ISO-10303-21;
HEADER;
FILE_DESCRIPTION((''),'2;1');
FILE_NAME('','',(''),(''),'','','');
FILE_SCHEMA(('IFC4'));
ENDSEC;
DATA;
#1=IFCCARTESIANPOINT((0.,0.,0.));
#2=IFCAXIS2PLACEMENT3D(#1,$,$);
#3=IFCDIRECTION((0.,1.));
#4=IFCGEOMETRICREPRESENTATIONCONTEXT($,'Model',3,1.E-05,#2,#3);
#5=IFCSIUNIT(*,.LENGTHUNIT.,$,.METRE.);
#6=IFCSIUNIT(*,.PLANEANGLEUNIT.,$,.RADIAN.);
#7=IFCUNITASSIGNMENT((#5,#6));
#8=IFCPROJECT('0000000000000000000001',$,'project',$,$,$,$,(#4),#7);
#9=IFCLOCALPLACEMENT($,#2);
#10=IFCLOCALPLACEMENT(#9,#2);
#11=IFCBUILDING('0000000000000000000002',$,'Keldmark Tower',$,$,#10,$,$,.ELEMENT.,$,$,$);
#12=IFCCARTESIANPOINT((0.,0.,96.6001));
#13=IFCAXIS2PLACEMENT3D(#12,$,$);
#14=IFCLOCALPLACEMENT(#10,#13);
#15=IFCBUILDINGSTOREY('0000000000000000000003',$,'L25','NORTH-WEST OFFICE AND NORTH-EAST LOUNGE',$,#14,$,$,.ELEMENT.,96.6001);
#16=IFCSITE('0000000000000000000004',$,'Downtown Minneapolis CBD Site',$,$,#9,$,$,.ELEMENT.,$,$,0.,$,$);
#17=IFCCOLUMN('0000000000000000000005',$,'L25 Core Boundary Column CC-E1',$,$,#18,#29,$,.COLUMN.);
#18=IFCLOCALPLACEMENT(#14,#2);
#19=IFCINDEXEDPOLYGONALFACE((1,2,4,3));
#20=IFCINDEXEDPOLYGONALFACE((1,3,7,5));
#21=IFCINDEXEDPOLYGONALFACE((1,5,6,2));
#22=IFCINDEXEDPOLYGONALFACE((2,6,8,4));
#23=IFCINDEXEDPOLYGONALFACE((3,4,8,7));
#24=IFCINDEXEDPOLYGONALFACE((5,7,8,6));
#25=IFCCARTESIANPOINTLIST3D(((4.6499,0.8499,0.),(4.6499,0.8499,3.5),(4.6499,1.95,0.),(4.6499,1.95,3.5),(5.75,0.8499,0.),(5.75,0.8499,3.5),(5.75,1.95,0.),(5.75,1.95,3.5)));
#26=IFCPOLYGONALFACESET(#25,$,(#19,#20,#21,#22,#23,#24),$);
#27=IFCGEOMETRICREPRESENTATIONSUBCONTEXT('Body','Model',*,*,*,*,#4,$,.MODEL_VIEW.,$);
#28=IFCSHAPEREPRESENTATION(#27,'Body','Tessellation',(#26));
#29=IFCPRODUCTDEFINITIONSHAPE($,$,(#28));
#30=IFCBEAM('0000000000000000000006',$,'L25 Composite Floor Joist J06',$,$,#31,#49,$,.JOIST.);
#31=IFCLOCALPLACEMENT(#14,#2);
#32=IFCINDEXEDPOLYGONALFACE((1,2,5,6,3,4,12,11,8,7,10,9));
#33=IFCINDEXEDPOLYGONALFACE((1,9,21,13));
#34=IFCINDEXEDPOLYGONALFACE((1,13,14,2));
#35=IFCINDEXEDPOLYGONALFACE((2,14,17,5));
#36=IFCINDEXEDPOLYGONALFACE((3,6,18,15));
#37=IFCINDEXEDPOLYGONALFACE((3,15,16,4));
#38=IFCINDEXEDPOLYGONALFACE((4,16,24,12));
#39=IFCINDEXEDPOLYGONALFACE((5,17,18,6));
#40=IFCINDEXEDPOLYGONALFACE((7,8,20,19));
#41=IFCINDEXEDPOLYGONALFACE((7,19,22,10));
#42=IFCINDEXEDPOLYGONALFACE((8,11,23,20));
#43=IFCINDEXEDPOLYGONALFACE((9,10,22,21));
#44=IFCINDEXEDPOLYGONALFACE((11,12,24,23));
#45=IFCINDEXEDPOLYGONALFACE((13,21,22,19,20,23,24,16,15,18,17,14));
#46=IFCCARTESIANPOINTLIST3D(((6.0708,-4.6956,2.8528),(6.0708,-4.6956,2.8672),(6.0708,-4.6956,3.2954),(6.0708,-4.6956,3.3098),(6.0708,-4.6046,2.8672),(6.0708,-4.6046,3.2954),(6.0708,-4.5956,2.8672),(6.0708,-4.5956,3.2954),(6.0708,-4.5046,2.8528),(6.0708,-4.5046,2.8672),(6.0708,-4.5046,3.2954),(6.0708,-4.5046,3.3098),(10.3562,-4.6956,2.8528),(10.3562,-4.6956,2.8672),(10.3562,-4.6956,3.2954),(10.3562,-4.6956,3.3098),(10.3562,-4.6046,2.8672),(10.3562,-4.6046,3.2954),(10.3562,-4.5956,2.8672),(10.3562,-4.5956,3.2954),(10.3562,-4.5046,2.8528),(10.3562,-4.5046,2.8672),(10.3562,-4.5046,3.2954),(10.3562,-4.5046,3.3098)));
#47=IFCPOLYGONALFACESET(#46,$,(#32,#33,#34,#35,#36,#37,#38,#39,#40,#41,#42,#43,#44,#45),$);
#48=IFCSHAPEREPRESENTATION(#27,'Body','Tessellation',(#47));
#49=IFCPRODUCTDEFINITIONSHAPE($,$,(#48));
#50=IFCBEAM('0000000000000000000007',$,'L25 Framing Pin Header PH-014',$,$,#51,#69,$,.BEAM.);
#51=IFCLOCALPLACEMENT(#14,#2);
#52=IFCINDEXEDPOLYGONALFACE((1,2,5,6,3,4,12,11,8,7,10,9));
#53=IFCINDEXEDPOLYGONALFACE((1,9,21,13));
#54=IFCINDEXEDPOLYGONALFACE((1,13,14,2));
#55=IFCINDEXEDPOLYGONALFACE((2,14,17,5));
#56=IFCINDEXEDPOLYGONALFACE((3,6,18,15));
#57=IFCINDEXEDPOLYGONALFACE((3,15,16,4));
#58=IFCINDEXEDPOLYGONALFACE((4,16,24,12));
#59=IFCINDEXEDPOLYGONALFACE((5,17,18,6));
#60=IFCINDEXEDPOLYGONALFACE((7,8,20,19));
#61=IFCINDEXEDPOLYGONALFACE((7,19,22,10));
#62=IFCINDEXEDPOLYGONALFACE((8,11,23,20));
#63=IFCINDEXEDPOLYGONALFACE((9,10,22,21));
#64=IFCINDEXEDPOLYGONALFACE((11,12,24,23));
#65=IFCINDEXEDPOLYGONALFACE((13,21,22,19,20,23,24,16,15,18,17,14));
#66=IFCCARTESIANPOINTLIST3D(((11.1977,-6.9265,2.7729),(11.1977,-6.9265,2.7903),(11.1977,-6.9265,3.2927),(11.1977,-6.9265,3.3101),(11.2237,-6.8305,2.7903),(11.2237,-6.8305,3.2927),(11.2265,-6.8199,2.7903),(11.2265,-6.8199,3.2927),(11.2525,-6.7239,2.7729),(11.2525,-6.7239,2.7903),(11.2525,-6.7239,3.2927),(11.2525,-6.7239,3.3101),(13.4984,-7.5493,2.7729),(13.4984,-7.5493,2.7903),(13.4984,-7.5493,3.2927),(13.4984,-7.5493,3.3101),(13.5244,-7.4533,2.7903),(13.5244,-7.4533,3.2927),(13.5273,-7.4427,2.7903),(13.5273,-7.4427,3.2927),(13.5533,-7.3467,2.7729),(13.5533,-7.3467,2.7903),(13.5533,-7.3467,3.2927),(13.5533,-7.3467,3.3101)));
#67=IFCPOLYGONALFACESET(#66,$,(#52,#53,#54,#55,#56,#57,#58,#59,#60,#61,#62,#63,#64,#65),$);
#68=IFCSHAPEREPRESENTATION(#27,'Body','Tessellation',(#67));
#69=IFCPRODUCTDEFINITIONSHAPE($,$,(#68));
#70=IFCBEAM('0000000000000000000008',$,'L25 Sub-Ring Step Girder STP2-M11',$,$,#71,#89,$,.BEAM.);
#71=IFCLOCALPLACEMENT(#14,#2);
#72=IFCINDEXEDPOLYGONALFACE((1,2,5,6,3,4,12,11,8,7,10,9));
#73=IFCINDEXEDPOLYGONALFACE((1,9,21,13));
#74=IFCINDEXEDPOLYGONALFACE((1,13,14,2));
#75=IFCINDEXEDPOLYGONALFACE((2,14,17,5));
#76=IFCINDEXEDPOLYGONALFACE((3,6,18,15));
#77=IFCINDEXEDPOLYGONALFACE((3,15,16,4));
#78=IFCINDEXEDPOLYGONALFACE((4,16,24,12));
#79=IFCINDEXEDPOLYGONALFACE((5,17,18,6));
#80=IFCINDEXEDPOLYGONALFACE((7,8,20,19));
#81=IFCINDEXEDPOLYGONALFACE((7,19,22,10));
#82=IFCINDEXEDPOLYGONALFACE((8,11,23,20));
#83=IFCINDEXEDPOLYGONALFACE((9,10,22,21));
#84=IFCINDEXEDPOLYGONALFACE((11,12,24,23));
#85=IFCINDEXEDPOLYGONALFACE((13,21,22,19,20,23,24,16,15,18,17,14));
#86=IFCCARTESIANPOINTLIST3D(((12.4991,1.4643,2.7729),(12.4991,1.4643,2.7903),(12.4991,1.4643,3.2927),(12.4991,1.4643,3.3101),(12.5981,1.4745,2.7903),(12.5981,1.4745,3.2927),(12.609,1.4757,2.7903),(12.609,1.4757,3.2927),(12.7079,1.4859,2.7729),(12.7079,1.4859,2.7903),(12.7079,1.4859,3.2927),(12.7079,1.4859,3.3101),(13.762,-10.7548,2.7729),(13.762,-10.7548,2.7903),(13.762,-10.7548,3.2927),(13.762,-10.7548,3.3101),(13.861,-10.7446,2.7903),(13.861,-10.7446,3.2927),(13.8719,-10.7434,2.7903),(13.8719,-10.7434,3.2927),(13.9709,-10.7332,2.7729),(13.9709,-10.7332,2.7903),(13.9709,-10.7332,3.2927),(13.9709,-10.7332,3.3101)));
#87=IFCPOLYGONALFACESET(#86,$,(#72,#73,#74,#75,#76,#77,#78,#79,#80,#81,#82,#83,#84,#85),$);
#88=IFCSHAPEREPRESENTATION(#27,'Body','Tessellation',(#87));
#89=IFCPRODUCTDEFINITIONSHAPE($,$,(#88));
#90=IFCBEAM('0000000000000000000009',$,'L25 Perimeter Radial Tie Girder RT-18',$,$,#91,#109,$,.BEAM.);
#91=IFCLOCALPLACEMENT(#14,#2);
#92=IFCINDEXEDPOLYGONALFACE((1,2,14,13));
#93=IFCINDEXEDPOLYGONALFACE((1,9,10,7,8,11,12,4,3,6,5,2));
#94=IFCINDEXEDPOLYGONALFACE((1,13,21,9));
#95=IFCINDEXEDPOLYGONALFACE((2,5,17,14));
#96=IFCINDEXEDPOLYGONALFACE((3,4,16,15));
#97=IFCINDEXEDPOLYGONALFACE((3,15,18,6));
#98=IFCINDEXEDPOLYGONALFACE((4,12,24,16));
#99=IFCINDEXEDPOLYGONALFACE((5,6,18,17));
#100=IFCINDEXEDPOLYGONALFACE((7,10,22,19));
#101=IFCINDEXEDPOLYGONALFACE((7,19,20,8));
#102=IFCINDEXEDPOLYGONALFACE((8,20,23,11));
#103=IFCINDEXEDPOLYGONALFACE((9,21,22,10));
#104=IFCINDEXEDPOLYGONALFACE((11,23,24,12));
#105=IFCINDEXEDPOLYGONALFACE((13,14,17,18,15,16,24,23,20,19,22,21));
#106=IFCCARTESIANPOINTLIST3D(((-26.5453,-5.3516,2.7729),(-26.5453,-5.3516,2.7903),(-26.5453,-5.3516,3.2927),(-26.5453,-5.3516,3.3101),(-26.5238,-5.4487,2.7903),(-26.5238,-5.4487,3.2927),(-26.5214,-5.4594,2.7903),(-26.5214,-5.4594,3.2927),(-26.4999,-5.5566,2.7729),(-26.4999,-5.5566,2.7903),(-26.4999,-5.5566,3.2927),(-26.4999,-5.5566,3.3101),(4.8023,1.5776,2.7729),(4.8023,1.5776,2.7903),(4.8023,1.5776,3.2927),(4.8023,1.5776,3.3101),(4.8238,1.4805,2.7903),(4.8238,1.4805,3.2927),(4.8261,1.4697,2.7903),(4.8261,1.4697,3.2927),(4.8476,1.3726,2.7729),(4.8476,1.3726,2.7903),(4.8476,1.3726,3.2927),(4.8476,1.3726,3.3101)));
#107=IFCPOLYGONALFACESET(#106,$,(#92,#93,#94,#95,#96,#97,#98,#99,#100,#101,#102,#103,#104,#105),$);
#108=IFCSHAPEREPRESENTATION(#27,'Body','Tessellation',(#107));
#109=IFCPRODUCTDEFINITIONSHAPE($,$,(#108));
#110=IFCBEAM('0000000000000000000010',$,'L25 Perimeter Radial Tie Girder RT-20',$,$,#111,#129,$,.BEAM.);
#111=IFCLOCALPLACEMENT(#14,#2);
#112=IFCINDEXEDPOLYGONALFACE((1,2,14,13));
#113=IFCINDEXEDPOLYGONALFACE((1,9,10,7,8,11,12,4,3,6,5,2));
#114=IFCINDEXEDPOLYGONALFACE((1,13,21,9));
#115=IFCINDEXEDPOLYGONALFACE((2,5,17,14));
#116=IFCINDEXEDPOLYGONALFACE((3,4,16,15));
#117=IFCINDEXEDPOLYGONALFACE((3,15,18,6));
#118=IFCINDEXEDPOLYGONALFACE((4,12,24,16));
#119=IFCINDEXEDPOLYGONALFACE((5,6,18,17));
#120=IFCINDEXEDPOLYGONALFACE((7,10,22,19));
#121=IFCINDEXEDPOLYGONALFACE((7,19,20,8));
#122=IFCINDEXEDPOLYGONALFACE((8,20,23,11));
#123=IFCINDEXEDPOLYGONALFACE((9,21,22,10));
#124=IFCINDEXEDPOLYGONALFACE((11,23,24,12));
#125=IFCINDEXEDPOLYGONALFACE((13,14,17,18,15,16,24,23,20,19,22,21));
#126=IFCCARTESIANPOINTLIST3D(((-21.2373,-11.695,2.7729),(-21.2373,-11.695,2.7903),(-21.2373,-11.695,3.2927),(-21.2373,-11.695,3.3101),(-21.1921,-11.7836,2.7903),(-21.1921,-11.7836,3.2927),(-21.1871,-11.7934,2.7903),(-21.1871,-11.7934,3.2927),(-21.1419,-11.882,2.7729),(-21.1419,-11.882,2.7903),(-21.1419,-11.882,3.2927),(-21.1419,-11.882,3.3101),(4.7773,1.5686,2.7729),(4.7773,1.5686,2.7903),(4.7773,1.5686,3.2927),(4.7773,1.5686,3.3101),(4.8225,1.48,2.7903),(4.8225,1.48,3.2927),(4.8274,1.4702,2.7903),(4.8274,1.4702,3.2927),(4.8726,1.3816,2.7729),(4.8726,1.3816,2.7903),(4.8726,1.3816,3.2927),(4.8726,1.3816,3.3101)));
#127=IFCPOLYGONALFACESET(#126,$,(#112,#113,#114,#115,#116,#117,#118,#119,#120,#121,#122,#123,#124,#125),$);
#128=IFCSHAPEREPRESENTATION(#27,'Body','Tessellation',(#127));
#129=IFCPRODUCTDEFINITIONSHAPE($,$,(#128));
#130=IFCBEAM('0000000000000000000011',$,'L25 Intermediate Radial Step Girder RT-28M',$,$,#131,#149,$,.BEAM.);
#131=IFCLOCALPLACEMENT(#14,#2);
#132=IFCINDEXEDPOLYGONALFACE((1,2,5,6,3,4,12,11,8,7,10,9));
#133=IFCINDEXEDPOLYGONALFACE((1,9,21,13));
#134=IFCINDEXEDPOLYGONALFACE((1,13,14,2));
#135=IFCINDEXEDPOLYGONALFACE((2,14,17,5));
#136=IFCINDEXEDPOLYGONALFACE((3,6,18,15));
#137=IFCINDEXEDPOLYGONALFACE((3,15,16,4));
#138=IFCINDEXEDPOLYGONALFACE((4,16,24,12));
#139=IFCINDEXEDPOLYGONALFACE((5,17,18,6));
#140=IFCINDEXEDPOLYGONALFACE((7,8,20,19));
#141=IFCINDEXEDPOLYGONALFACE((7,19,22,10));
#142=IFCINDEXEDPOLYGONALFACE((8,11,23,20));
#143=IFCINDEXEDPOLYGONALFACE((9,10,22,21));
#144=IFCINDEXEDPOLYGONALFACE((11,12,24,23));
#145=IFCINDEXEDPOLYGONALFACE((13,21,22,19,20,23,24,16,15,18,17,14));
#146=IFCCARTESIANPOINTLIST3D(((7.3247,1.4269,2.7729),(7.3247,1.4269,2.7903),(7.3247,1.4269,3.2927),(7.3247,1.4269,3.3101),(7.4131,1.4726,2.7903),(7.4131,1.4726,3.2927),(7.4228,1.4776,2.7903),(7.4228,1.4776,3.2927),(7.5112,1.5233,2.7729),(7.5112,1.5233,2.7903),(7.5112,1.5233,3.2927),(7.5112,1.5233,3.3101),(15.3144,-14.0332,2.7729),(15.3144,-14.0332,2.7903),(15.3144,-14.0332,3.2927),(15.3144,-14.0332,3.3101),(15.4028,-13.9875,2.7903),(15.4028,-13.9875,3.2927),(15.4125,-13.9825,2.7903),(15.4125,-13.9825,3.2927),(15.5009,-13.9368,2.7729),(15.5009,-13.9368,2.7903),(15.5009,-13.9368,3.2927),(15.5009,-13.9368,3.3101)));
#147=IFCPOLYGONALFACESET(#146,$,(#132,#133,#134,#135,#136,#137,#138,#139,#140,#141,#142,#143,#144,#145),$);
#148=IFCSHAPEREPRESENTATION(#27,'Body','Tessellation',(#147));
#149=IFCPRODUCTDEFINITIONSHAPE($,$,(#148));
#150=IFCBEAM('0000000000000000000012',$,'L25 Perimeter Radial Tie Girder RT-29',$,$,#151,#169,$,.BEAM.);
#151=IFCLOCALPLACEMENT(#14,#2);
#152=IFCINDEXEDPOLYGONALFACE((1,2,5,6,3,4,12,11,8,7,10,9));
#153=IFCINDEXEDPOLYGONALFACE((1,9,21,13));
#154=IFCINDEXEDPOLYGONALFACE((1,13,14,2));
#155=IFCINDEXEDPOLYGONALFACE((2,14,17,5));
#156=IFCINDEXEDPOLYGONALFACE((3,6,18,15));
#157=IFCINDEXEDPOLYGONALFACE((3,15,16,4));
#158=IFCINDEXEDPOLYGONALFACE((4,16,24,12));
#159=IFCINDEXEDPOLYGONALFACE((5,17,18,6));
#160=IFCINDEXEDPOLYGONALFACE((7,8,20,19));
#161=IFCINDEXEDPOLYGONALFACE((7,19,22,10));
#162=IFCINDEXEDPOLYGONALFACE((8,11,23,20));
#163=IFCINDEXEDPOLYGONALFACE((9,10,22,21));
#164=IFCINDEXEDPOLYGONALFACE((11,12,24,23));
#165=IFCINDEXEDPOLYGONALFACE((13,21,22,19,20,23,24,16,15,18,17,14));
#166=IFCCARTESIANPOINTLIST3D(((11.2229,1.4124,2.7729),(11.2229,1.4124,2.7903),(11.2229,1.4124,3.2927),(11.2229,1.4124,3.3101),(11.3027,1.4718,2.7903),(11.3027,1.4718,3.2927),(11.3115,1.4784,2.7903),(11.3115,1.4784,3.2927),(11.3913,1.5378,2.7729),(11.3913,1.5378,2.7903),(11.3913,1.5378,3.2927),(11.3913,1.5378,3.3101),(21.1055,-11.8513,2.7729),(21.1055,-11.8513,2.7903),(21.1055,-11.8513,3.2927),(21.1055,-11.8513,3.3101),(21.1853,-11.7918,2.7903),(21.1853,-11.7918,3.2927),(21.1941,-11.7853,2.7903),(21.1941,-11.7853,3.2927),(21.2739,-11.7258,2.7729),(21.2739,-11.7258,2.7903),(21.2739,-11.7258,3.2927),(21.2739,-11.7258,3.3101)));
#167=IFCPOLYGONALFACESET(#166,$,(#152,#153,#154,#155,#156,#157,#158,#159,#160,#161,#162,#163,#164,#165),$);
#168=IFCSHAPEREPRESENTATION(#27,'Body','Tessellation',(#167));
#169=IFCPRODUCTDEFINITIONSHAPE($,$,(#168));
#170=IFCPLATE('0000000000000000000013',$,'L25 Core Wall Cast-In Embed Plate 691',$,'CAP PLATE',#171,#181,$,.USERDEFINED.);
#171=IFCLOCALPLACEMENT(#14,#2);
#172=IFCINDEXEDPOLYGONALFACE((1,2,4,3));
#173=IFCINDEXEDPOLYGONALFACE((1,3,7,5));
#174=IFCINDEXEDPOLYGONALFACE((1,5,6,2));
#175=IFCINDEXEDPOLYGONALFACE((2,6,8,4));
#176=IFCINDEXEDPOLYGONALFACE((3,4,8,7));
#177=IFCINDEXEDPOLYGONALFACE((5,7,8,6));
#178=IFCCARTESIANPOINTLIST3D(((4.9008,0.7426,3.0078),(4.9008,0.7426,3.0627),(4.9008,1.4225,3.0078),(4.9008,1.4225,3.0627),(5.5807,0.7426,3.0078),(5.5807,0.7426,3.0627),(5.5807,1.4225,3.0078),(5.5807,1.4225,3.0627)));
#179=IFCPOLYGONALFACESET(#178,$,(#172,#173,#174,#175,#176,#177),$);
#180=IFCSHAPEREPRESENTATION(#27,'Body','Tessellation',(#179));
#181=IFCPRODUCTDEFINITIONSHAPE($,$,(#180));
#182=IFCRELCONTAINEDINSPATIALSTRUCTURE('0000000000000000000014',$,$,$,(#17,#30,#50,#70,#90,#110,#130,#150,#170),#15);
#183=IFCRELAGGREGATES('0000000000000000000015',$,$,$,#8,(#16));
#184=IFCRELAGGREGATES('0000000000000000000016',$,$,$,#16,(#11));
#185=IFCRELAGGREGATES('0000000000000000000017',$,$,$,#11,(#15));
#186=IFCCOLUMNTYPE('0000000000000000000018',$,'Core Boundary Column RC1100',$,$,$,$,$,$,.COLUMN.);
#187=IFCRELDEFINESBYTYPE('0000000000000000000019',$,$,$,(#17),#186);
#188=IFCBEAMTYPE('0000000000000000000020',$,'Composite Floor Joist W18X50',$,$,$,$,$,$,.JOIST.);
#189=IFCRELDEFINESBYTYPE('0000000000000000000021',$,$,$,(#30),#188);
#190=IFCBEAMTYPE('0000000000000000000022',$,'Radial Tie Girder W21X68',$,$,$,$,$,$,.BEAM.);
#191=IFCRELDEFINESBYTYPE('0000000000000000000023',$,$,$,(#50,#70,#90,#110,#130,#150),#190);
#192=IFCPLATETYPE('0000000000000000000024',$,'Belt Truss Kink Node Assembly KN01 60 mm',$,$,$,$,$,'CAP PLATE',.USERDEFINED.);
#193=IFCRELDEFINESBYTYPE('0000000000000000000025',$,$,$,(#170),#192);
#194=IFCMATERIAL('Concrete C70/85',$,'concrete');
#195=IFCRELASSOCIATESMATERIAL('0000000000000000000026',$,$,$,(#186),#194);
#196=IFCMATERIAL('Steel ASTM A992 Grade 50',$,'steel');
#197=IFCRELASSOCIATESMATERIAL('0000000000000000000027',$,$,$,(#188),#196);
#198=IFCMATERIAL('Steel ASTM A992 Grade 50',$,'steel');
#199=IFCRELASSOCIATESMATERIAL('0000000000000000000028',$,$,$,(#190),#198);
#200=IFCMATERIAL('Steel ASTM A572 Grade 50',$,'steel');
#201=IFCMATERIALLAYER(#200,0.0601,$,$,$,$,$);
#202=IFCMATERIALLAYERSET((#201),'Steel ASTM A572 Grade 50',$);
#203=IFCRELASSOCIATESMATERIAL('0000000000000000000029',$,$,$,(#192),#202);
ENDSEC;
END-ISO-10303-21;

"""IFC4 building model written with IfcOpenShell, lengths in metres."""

from ifc_helpers import new_model, si_unit, direction, frame, origin, origin_2d, place, context, subcontext, project, spatial, rectangle, i_section, extrude, material, layer, layer_set, material_profile, profile_set, type_object, element, save


model = new_model("IFC4")

# Units and contexts
model_context = context("Model", 3, precision=1e-05, world=origin(), true_north=direction((0.0, 1.0)))
body_context = subcontext(model_context, "Body", "Model", "MODEL_VIEW")
ifc_project = project(units=[si_unit("LENGTHUNIT", "METRE"), si_unit("PLANEANGLEUNIT", "RADIAN")], contexts=[model_context])

# Site, building, storey
site_placement = place(None, origin())
site = spatial("IfcSite", under=ifc_project, at=site_placement, Name="Downtown Minneapolis CBD Site", CompositionType="ELEMENT", RefElevation=0.0)
building_placement = place(site_placement, origin())
building = spatial("IfcBuilding", under=site, at=building_placement, Name="Keldmark Tower", CompositionType="ELEMENT")
storey_placement = place(building_placement, frame((0.0, 0.0, 96.6001)))
storey = spatial("IfcBuildingStorey", under=building, at=storey_placement, Name="L25", Description="NORTH-WEST OFFICE AND NORTH-EAST LOUNGE", CompositionType="ELEMENT", Elevation=96.6001)

# Column
ifc_material_1 = material(Name="Concrete C70/85", Category="concrete")
ifc_material_profile_1 = material_profile(ifc_material_1, rectangle(XDim=1.1001, YDim=1.1001, at=origin_2d()), Name="RC1100X1100")
ifc_profile_set_1 = profile_set([ifc_material_profile_1], Name="Concrete C70/85")
column_type = type_object("IfcColumnType", Name="Core Boundary Column RC1100", PredefinedType="COLUMN", material=ifc_profile_set_1)
column_placement = place(storey_placement, frame((5.2, 1.3999, 0.0), z_axis=(0.0, 0.0, 1.0), x_axis=(1.0, 0.0, 0.0)))
element("IfcColumn", 1, at=column_placement, inside=storey, type_object=column_type, Name="L25 Core Boundary Column CC-E1", PredefinedType="COLUMN", context=body_context, shape_type="SweptSolid", body=[
    extrude(rectangle(XDim=1.1001, YDim=1.1001, at=origin_2d()), origin(), (0.0, 0.0, 1.0), 3.5),
])

# Beams
ifc_material_2 = material(Name="Steel ASTM A992 Grade 50", Category="steel")
ifc_material_profile_2 = material_profile(ifc_material_2, i_section(OverallWidth=0.1909, OverallDepth=0.457, WebThickness=0.009, FlangeThickness=0.0144, at=origin_2d()), Name="W18X50")
ifc_profile_set_2 = profile_set([ifc_material_profile_2], Name="Steel ASTM A992 Grade 50")
beam_type_1 = type_object("IfcBeamType", Name="Composite Floor Joist W18X50", PredefinedType="JOIST", material=ifc_profile_set_2)
beam_1_placement = place(storey_placement, frame((6.0708, -4.6001, 3.0813), z_axis=(1.0, 0.0, 0.0), x_axis=(0.0, 1.0, 0.0)))
element("IfcBeam", 2, at=beam_1_placement, inside=storey, type_object=beam_type_1, Name="L25 Composite Floor Joist J06", PredefinedType="JOIST", context=body_context, shape_type="SweptSolid", body=[
    extrude(i_section(OverallWidth=0.1909, OverallDepth=0.457, WebThickness=0.009, FlangeThickness=0.0144, at=origin_2d()), origin(), (0.0, 0.0, 1.0), 4.2854),
])
ifc_material_3 = material(Name="Steel ASTM A992 Grade 50", Category="steel")
ifc_material_profile_3 = material_profile(ifc_material_3, i_section(OverallWidth=0.21, OverallDepth=0.5371, WebThickness=0.011, FlangeThickness=0.0173, at=origin_2d()), Name="W21X68")
ifc_profile_set_3 = profile_set([ifc_material_profile_3], Name="Steel ASTM A992 Grade 50")
beam_type_2 = type_object("IfcBeamType", Name="Radial Tie Girder W21X68", PredefinedType="BEAM", material=ifc_profile_set_3)
beam_2_placement = place(storey_placement, frame((11.2251, -6.8252, 3.0415), z_axis=(0.965261, -0.261288, 0.0), x_axis=(0.261288, 0.965261, 0.0)))
element("IfcBeam", 3, at=beam_2_placement, inside=storey, type_object=beam_type_2, Name="L25 Framing Pin Header PH-014", PredefinedType="BEAM", context=body_context, shape_type="SweptSolid", body=[
    extrude(i_section(OverallWidth=0.21, OverallDepth=0.5371, WebThickness=0.011, FlangeThickness=0.0173, at=origin_2d()), origin(), (0.0, 0.0, 1.0), 2.3835),
])
beam_3_placement = place(storey_placement, frame((12.6035, 1.4751, 3.0415), z_axis=(0.102811, -0.994701, 0.0), x_axis=(0.994701, 0.102811, 0.0)))
element("IfcBeam", 4, at=beam_3_placement, inside=storey, type_object=beam_type_2, Name="L25 Sub-Ring Step Girder STP2-M11", PredefinedType="BEAM", context=body_context, shape_type="SweptSolid", body=[
    extrude(i_section(OverallWidth=0.21, OverallDepth=0.5371, WebThickness=0.011, FlangeThickness=0.0173, at=origin_2d()), origin(), (0.0, 0.0, 1.0), 12.2842),
])
beam_4_placement = place(storey_placement, frame((4.825, 1.4751, 3.0415), z_axis=(-0.97643, -0.215834, 0.0), x_axis=(0.215834, -0.97643, 0.0)))
element("IfcBeam", 5, at=beam_4_placement, inside=storey, type_object=beam_type_2, Name="L25 Perimeter Radial Tie Girder RT-18", PredefinedType="BEAM", context=body_context, shape_type="SweptSolid", body=[
    extrude(i_section(OverallWidth=0.21, OverallDepth=0.5371, WebThickness=0.011, FlangeThickness=0.0173, at=origin_2d()), origin(), (0.0, 0.0, 1.0), 32.1042),
])
beam_5_placement = place(storey_placement, frame((4.825, 1.4751, 3.0415), z_axis=(-0.890888, -0.454223, 0.0), x_axis=(0.454223, -0.890888, 0.0)))
element("IfcBeam", 6, at=beam_5_placement, inside=storey, type_object=beam_type_2, Name="L25 Perimeter Radial Tie Girder RT-20", PredefinedType="BEAM", context=body_context, shape_type="SweptSolid", body=[
    extrude(i_section(OverallWidth=0.21, OverallDepth=0.5371, WebThickness=0.011, FlangeThickness=0.0173, at=origin_2d()), origin(), (0.0, 0.0, 1.0), 29.2007),
])
beam_6_placement = place(storey_placement, frame((7.418, 1.4751, 3.0415), z_axis=(0.45911, -0.88838, 0.0), x_axis=(0.88838, 0.45911, 0.0)))
element("IfcBeam", 7, at=beam_6_placement, inside=storey, type_object=beam_type_2, Name="L25 Intermediate Radial Step Girder RT-28M", PredefinedType="BEAM", context=body_context, shape_type="SweptSolid", body=[
    extrude(i_section(OverallWidth=0.21, OverallDepth=0.5371, WebThickness=0.011, FlangeThickness=0.0173, at=origin_2d()), origin(), (0.0, 0.0, 1.0), 17.4026),
])
beam_7_placement = place(storey_placement, frame((11.3071, 1.4751, 3.0415), z_axis=(0.597475, -0.801888, 0.0), x_axis=(0.801888, 0.597475, 0.0)))
element("IfcBeam", 8, at=beam_7_placement, inside=storey, type_object=beam_type_2, Name="L25 Perimeter Radial Tie Girder RT-29", PredefinedType="BEAM", context=body_context, shape_type="SweptSolid", body=[
    extrude(i_section(OverallWidth=0.21, OverallDepth=0.5371, WebThickness=0.011, FlangeThickness=0.0173, at=origin_2d()), origin(), (0.0, 0.0, 1.0), 16.5405),
])

# Plate
ifc_material_4 = material(Name="Steel ASTM A572 Grade 50", Category="steel")
ifc_layer_1 = layer(ifc_material_4, 0.0601)
ifc_layer_set_1 = layer_set([ifc_layer_1], Name="Steel ASTM A572 Grade 50")
plate_type = type_object("IfcPlateType", Name="Belt Truss Kink Node Assembly KN01 60 mm", ElementType="CAP PLATE", PredefinedType="USERDEFINED", material=ifc_layer_set_1)
for number, where, z_axis, x_axis, name in (
    (9, (5.2407, 1.0825, 3.0078), (0.0, 0.0, 1.0), (1.0, 0.0, 0.0), "L25 Core Wall Cast-In Embed Plate 691"),
):
    element("IfcPlate", number, at=place(storey_placement, frame(where, z_axis=z_axis, x_axis=x_axis)), inside=storey, type_object=plate_type, Name=name, ObjectType="CAP PLATE", PredefinedType="USERDEFINED", context=body_context, shape_type="SweptSolid", body=[
        extrude(rectangle(XDim=0.6799, YDim=0.6799, at=origin_2d()), origin(), (0.0, 0.0, 1.0), 0.0549),
    ])

save(model, "model.ifc")
